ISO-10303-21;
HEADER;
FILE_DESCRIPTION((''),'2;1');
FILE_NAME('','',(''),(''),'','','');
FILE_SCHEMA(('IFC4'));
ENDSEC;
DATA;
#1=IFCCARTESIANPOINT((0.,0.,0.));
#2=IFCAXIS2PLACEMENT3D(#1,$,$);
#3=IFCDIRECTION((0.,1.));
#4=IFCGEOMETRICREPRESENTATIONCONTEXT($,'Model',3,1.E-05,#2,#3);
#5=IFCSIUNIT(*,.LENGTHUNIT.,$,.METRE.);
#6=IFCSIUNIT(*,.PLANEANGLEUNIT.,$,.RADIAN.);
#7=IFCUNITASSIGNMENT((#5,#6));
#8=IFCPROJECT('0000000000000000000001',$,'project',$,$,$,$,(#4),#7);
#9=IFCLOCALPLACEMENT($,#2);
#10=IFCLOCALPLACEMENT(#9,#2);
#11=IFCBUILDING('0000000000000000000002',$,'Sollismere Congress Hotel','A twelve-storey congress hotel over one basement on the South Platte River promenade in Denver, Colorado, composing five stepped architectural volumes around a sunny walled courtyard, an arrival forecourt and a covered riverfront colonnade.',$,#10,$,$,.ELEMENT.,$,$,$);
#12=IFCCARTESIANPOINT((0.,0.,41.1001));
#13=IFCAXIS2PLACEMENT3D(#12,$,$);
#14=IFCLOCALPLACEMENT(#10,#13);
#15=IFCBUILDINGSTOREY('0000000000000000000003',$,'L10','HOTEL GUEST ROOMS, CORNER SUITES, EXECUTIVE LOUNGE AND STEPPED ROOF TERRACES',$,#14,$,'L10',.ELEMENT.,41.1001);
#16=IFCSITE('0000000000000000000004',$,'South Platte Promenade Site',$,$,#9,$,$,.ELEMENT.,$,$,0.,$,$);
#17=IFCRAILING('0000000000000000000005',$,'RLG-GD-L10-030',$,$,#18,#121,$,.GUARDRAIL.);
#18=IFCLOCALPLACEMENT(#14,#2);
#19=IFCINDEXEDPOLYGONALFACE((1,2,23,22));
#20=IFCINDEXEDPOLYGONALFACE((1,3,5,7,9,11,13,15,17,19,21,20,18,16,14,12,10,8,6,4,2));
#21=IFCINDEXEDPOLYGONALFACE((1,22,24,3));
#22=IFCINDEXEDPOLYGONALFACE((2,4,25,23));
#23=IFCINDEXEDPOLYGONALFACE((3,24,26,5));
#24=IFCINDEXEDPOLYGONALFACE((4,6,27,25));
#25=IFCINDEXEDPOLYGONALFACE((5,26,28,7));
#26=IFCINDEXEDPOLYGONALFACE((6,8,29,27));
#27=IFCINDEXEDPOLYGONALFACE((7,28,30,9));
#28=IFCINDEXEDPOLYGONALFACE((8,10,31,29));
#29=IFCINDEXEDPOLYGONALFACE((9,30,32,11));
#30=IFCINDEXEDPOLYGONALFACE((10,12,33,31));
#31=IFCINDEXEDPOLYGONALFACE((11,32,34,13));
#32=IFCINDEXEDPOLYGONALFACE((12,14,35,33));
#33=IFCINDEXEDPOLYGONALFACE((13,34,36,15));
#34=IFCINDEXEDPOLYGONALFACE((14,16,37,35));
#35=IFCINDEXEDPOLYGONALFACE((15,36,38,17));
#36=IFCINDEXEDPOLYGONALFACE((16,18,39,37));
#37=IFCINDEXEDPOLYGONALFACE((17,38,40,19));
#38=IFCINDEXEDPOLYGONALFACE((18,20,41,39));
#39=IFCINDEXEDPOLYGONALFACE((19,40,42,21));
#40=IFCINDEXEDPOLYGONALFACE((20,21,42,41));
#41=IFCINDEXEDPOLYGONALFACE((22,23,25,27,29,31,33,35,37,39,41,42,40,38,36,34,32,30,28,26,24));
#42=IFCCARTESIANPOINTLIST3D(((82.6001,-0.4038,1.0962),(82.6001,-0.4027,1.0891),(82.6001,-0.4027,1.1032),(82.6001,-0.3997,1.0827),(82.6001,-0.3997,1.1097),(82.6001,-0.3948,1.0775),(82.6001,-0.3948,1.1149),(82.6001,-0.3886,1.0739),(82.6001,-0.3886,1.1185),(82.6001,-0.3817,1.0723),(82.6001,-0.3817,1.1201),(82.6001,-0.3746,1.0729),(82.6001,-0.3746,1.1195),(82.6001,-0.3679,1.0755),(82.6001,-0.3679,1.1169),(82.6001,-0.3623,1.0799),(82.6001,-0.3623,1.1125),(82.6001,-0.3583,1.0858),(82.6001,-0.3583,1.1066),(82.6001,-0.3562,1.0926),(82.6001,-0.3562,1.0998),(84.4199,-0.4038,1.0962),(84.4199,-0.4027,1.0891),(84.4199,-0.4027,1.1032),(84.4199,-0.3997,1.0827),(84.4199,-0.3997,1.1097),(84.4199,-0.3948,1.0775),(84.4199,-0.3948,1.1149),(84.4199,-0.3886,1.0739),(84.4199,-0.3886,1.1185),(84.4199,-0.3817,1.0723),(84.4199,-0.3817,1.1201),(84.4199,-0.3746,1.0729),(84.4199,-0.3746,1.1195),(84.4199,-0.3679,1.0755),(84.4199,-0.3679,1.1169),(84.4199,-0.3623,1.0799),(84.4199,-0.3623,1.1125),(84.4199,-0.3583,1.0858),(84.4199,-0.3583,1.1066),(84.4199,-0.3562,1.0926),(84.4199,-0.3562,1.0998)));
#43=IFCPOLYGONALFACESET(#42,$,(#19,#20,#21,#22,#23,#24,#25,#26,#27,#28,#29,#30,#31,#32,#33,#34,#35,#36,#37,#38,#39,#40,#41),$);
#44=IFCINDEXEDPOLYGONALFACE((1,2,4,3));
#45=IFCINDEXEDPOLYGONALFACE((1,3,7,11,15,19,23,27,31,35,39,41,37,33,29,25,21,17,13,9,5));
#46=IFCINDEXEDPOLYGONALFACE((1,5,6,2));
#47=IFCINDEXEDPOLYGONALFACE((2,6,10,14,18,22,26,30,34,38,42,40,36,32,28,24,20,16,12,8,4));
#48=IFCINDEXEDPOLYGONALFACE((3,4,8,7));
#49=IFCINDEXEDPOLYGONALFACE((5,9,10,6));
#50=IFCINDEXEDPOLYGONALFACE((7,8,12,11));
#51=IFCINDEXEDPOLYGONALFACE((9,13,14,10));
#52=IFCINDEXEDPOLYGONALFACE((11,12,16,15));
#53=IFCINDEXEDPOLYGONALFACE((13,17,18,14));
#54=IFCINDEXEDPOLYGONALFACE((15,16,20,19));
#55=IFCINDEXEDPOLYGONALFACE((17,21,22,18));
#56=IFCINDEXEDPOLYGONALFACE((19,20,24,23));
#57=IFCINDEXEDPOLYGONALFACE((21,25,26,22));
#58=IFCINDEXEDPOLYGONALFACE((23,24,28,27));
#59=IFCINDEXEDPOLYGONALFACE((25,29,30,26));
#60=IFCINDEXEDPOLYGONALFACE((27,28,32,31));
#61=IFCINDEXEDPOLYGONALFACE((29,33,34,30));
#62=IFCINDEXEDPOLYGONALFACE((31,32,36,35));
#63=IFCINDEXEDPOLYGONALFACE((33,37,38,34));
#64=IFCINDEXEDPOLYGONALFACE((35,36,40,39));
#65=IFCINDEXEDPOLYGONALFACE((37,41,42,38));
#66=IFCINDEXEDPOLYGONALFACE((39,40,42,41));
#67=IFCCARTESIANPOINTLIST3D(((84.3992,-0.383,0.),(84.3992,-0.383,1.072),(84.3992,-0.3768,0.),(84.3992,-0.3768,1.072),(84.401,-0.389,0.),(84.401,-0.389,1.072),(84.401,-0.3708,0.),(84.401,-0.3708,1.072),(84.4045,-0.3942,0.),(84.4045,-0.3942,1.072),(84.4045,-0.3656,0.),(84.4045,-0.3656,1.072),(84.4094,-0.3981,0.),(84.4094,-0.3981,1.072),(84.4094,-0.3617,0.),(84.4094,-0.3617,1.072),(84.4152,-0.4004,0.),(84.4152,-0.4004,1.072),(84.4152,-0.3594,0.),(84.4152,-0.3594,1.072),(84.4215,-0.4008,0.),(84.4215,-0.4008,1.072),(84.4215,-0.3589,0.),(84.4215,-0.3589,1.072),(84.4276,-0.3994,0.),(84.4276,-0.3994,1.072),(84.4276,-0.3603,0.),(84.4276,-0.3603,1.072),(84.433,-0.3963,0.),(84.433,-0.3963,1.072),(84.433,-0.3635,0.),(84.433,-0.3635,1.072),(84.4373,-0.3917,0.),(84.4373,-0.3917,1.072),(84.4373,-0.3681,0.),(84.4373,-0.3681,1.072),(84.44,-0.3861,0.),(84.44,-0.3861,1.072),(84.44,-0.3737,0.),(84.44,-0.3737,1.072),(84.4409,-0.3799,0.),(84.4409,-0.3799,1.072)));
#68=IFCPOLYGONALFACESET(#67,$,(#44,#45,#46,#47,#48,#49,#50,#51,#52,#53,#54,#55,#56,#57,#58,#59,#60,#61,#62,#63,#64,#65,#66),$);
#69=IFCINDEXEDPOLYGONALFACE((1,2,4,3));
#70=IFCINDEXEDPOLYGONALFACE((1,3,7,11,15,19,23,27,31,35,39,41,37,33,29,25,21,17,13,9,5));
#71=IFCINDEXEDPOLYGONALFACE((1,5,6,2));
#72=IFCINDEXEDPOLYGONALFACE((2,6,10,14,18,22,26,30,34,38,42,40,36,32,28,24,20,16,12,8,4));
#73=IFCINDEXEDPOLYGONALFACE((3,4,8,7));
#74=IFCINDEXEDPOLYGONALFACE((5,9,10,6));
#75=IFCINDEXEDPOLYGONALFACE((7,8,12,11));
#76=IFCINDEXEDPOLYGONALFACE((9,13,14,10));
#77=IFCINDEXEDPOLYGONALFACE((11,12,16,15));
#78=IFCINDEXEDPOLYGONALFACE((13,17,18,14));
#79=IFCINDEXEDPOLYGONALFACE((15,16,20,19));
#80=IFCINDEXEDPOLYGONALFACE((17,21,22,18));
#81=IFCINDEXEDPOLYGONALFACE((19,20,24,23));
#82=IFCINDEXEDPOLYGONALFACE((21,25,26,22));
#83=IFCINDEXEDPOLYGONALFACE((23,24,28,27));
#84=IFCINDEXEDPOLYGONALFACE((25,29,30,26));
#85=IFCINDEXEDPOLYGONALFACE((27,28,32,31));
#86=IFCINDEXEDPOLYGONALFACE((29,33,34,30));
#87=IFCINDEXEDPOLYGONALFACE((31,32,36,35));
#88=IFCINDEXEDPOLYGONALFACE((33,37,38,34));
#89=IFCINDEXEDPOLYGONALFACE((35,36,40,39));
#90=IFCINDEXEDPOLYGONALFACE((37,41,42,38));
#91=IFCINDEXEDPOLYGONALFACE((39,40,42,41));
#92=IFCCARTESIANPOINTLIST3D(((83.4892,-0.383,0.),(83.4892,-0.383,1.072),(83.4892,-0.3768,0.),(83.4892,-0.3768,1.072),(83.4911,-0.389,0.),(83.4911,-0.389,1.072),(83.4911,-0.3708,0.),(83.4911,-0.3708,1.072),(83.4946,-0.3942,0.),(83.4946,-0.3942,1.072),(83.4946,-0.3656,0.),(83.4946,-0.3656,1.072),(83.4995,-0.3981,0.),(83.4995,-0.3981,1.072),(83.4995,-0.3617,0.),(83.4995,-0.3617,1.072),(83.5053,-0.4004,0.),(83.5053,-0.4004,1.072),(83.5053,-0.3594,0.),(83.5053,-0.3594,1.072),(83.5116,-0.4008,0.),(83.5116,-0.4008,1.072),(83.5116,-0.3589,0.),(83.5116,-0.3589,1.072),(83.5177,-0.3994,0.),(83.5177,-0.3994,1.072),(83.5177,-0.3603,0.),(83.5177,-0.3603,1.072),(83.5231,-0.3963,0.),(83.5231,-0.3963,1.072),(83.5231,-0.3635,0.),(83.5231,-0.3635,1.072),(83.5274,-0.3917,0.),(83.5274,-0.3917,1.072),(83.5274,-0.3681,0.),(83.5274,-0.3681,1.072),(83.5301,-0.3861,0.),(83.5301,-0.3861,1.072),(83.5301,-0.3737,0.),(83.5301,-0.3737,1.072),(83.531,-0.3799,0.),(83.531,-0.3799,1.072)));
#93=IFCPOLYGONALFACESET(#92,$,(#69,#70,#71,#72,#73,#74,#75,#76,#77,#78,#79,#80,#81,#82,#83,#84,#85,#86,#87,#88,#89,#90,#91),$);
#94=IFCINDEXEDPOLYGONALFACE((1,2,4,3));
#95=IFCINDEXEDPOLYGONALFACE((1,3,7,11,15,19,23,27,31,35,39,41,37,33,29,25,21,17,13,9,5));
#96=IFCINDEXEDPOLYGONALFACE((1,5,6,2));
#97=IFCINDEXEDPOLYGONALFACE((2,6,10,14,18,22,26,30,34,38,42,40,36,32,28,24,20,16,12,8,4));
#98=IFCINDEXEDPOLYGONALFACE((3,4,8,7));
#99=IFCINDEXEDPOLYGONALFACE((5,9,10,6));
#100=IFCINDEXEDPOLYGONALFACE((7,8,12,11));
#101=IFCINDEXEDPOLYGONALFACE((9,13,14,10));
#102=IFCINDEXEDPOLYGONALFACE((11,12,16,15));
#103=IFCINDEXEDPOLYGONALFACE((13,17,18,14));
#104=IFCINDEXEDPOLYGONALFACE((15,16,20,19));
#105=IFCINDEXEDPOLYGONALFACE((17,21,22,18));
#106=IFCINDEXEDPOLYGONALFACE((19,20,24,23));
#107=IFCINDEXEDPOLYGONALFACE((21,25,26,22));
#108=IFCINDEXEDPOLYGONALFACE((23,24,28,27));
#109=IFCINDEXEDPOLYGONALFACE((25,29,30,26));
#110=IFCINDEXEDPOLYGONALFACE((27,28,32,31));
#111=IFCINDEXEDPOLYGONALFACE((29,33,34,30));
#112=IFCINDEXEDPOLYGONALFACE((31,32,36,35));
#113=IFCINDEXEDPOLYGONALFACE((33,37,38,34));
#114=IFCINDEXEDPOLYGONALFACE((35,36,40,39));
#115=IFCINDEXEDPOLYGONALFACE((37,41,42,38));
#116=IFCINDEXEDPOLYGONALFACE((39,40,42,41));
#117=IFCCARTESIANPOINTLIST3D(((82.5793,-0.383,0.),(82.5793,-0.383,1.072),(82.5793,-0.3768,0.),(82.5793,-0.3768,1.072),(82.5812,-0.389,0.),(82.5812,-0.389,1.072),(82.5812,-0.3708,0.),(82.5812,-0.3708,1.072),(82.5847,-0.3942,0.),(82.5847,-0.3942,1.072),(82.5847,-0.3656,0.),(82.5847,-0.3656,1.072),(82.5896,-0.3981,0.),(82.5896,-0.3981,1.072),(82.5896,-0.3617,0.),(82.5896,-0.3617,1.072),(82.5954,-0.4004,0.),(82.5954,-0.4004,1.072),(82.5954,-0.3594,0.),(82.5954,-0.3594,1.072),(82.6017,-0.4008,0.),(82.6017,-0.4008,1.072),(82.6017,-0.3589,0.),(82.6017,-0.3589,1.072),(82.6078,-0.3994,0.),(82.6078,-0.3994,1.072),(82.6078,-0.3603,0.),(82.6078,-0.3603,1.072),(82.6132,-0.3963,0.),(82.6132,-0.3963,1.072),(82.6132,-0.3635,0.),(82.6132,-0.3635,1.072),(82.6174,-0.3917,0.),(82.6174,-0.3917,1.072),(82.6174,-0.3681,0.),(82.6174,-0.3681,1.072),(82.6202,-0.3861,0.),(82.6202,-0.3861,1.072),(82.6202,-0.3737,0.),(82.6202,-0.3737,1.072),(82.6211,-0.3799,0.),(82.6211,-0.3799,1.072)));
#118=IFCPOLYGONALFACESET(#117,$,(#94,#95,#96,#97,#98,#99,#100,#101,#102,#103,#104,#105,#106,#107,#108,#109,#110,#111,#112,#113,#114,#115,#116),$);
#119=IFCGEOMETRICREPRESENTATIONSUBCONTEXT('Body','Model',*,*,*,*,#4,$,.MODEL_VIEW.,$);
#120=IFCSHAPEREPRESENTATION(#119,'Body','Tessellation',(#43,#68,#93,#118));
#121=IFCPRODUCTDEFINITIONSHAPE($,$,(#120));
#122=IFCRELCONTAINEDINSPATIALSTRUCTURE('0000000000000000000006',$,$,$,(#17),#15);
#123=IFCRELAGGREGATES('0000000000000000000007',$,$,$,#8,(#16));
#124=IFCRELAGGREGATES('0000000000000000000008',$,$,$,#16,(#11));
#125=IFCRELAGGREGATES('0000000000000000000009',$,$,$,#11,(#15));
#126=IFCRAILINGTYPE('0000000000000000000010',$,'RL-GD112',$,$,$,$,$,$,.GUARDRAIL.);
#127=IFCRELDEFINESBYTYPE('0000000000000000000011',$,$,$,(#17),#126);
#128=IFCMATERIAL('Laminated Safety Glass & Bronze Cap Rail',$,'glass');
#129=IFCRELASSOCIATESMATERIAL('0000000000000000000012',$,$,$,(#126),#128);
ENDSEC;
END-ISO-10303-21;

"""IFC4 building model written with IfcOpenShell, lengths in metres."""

from ifc_helpers import new_model, si_unit, direction, frame, origin, origin_2d, place, context, subcontext, project, spatial, circle, extrude, material, type_object, element, save


model = new_model("IFC4")

# Units and contexts
model_context = context("Model", 3, precision=1e-05, world=origin(), true_north=direction((0.0, 1.0)))
body_context = subcontext(model_context, "Body", "Model", "MODEL_VIEW")
ifc_project = project(units=[si_unit("LENGTHUNIT", "METRE"), si_unit("PLANEANGLEUNIT", "RADIAN")], contexts=[model_context])

# Site, building, storey
site_placement = place(None, origin())
site = spatial("IfcSite", under=ifc_project, at=site_placement, Name="South Platte Promenade Site", CompositionType="ELEMENT", RefElevation=0.0)
building_placement = place(site_placement, origin())
building = spatial("IfcBuilding", under=site, at=building_placement, Name="Sollismere Congress Hotel", Description="A twelve-storey congress hotel over one basement on the South Platte River promenade in Denver, Colorado, composing five stepped architectural volumes around a sunny walled courtyard, an arrival forecourt and a covered riverfront colonnade.", CompositionType="ELEMENT")
storey_placement = place(building_placement, frame((0.0, 0.0, 41.1001)))
storey = spatial("IfcBuildingStorey", under=building, at=storey_placement, Name="L10", Description="HOTEL GUEST ROOMS, CORNER SUITES, EXECUTIVE LOUNGE AND STEPPED ROOF TERRACES", LongName="L10", CompositionType="ELEMENT", Elevation=41.1001)

# Railing
ifc_material_1 = material(Name="Laminated Safety Glass & Bronze Cap Rail", Category="glass")
railing_type = type_object("IfcRailingType", Name="RL-GD112", PredefinedType="GUARDRAIL", material=ifc_material_1)
railing_1_placement = place(storey_placement, frame((84.4199, -0.3799, 0.0)))
element("IfcRailing", 1, at=railing_1_placement, inside=storey, type_object=railing_type, Name="RLG-GD-L10-030", PredefinedType="GUARDRAIL", context=body_context, shape_type="SweptSolid", body=[
    extrude(circle(Radius=0.0239, at=origin_2d()), frame((0.0, 0.0, 1.0962), z_axis=(-1.0, 0.0, 0.0), x_axis=(0.0, -1.0, 0.0)), (0.0, 0.0, 1.0), 1.8198),
    extrude(circle(Radius=0.021, at=origin_2d()), origin(), (0.0, 0.0, 1.0), 1.072),
    extrude(circle(Radius=0.021, at=origin_2d()), frame((-0.9099, 0.0, 0.0)), (0.0, 0.0, 1.0), 1.072),
    extrude(circle(Radius=0.021, at=origin_2d()), frame((-1.8198, 0.0, 0.0)), (0.0, 0.0, 1.0), 1.072),
])

save(model, "model.ifc")
